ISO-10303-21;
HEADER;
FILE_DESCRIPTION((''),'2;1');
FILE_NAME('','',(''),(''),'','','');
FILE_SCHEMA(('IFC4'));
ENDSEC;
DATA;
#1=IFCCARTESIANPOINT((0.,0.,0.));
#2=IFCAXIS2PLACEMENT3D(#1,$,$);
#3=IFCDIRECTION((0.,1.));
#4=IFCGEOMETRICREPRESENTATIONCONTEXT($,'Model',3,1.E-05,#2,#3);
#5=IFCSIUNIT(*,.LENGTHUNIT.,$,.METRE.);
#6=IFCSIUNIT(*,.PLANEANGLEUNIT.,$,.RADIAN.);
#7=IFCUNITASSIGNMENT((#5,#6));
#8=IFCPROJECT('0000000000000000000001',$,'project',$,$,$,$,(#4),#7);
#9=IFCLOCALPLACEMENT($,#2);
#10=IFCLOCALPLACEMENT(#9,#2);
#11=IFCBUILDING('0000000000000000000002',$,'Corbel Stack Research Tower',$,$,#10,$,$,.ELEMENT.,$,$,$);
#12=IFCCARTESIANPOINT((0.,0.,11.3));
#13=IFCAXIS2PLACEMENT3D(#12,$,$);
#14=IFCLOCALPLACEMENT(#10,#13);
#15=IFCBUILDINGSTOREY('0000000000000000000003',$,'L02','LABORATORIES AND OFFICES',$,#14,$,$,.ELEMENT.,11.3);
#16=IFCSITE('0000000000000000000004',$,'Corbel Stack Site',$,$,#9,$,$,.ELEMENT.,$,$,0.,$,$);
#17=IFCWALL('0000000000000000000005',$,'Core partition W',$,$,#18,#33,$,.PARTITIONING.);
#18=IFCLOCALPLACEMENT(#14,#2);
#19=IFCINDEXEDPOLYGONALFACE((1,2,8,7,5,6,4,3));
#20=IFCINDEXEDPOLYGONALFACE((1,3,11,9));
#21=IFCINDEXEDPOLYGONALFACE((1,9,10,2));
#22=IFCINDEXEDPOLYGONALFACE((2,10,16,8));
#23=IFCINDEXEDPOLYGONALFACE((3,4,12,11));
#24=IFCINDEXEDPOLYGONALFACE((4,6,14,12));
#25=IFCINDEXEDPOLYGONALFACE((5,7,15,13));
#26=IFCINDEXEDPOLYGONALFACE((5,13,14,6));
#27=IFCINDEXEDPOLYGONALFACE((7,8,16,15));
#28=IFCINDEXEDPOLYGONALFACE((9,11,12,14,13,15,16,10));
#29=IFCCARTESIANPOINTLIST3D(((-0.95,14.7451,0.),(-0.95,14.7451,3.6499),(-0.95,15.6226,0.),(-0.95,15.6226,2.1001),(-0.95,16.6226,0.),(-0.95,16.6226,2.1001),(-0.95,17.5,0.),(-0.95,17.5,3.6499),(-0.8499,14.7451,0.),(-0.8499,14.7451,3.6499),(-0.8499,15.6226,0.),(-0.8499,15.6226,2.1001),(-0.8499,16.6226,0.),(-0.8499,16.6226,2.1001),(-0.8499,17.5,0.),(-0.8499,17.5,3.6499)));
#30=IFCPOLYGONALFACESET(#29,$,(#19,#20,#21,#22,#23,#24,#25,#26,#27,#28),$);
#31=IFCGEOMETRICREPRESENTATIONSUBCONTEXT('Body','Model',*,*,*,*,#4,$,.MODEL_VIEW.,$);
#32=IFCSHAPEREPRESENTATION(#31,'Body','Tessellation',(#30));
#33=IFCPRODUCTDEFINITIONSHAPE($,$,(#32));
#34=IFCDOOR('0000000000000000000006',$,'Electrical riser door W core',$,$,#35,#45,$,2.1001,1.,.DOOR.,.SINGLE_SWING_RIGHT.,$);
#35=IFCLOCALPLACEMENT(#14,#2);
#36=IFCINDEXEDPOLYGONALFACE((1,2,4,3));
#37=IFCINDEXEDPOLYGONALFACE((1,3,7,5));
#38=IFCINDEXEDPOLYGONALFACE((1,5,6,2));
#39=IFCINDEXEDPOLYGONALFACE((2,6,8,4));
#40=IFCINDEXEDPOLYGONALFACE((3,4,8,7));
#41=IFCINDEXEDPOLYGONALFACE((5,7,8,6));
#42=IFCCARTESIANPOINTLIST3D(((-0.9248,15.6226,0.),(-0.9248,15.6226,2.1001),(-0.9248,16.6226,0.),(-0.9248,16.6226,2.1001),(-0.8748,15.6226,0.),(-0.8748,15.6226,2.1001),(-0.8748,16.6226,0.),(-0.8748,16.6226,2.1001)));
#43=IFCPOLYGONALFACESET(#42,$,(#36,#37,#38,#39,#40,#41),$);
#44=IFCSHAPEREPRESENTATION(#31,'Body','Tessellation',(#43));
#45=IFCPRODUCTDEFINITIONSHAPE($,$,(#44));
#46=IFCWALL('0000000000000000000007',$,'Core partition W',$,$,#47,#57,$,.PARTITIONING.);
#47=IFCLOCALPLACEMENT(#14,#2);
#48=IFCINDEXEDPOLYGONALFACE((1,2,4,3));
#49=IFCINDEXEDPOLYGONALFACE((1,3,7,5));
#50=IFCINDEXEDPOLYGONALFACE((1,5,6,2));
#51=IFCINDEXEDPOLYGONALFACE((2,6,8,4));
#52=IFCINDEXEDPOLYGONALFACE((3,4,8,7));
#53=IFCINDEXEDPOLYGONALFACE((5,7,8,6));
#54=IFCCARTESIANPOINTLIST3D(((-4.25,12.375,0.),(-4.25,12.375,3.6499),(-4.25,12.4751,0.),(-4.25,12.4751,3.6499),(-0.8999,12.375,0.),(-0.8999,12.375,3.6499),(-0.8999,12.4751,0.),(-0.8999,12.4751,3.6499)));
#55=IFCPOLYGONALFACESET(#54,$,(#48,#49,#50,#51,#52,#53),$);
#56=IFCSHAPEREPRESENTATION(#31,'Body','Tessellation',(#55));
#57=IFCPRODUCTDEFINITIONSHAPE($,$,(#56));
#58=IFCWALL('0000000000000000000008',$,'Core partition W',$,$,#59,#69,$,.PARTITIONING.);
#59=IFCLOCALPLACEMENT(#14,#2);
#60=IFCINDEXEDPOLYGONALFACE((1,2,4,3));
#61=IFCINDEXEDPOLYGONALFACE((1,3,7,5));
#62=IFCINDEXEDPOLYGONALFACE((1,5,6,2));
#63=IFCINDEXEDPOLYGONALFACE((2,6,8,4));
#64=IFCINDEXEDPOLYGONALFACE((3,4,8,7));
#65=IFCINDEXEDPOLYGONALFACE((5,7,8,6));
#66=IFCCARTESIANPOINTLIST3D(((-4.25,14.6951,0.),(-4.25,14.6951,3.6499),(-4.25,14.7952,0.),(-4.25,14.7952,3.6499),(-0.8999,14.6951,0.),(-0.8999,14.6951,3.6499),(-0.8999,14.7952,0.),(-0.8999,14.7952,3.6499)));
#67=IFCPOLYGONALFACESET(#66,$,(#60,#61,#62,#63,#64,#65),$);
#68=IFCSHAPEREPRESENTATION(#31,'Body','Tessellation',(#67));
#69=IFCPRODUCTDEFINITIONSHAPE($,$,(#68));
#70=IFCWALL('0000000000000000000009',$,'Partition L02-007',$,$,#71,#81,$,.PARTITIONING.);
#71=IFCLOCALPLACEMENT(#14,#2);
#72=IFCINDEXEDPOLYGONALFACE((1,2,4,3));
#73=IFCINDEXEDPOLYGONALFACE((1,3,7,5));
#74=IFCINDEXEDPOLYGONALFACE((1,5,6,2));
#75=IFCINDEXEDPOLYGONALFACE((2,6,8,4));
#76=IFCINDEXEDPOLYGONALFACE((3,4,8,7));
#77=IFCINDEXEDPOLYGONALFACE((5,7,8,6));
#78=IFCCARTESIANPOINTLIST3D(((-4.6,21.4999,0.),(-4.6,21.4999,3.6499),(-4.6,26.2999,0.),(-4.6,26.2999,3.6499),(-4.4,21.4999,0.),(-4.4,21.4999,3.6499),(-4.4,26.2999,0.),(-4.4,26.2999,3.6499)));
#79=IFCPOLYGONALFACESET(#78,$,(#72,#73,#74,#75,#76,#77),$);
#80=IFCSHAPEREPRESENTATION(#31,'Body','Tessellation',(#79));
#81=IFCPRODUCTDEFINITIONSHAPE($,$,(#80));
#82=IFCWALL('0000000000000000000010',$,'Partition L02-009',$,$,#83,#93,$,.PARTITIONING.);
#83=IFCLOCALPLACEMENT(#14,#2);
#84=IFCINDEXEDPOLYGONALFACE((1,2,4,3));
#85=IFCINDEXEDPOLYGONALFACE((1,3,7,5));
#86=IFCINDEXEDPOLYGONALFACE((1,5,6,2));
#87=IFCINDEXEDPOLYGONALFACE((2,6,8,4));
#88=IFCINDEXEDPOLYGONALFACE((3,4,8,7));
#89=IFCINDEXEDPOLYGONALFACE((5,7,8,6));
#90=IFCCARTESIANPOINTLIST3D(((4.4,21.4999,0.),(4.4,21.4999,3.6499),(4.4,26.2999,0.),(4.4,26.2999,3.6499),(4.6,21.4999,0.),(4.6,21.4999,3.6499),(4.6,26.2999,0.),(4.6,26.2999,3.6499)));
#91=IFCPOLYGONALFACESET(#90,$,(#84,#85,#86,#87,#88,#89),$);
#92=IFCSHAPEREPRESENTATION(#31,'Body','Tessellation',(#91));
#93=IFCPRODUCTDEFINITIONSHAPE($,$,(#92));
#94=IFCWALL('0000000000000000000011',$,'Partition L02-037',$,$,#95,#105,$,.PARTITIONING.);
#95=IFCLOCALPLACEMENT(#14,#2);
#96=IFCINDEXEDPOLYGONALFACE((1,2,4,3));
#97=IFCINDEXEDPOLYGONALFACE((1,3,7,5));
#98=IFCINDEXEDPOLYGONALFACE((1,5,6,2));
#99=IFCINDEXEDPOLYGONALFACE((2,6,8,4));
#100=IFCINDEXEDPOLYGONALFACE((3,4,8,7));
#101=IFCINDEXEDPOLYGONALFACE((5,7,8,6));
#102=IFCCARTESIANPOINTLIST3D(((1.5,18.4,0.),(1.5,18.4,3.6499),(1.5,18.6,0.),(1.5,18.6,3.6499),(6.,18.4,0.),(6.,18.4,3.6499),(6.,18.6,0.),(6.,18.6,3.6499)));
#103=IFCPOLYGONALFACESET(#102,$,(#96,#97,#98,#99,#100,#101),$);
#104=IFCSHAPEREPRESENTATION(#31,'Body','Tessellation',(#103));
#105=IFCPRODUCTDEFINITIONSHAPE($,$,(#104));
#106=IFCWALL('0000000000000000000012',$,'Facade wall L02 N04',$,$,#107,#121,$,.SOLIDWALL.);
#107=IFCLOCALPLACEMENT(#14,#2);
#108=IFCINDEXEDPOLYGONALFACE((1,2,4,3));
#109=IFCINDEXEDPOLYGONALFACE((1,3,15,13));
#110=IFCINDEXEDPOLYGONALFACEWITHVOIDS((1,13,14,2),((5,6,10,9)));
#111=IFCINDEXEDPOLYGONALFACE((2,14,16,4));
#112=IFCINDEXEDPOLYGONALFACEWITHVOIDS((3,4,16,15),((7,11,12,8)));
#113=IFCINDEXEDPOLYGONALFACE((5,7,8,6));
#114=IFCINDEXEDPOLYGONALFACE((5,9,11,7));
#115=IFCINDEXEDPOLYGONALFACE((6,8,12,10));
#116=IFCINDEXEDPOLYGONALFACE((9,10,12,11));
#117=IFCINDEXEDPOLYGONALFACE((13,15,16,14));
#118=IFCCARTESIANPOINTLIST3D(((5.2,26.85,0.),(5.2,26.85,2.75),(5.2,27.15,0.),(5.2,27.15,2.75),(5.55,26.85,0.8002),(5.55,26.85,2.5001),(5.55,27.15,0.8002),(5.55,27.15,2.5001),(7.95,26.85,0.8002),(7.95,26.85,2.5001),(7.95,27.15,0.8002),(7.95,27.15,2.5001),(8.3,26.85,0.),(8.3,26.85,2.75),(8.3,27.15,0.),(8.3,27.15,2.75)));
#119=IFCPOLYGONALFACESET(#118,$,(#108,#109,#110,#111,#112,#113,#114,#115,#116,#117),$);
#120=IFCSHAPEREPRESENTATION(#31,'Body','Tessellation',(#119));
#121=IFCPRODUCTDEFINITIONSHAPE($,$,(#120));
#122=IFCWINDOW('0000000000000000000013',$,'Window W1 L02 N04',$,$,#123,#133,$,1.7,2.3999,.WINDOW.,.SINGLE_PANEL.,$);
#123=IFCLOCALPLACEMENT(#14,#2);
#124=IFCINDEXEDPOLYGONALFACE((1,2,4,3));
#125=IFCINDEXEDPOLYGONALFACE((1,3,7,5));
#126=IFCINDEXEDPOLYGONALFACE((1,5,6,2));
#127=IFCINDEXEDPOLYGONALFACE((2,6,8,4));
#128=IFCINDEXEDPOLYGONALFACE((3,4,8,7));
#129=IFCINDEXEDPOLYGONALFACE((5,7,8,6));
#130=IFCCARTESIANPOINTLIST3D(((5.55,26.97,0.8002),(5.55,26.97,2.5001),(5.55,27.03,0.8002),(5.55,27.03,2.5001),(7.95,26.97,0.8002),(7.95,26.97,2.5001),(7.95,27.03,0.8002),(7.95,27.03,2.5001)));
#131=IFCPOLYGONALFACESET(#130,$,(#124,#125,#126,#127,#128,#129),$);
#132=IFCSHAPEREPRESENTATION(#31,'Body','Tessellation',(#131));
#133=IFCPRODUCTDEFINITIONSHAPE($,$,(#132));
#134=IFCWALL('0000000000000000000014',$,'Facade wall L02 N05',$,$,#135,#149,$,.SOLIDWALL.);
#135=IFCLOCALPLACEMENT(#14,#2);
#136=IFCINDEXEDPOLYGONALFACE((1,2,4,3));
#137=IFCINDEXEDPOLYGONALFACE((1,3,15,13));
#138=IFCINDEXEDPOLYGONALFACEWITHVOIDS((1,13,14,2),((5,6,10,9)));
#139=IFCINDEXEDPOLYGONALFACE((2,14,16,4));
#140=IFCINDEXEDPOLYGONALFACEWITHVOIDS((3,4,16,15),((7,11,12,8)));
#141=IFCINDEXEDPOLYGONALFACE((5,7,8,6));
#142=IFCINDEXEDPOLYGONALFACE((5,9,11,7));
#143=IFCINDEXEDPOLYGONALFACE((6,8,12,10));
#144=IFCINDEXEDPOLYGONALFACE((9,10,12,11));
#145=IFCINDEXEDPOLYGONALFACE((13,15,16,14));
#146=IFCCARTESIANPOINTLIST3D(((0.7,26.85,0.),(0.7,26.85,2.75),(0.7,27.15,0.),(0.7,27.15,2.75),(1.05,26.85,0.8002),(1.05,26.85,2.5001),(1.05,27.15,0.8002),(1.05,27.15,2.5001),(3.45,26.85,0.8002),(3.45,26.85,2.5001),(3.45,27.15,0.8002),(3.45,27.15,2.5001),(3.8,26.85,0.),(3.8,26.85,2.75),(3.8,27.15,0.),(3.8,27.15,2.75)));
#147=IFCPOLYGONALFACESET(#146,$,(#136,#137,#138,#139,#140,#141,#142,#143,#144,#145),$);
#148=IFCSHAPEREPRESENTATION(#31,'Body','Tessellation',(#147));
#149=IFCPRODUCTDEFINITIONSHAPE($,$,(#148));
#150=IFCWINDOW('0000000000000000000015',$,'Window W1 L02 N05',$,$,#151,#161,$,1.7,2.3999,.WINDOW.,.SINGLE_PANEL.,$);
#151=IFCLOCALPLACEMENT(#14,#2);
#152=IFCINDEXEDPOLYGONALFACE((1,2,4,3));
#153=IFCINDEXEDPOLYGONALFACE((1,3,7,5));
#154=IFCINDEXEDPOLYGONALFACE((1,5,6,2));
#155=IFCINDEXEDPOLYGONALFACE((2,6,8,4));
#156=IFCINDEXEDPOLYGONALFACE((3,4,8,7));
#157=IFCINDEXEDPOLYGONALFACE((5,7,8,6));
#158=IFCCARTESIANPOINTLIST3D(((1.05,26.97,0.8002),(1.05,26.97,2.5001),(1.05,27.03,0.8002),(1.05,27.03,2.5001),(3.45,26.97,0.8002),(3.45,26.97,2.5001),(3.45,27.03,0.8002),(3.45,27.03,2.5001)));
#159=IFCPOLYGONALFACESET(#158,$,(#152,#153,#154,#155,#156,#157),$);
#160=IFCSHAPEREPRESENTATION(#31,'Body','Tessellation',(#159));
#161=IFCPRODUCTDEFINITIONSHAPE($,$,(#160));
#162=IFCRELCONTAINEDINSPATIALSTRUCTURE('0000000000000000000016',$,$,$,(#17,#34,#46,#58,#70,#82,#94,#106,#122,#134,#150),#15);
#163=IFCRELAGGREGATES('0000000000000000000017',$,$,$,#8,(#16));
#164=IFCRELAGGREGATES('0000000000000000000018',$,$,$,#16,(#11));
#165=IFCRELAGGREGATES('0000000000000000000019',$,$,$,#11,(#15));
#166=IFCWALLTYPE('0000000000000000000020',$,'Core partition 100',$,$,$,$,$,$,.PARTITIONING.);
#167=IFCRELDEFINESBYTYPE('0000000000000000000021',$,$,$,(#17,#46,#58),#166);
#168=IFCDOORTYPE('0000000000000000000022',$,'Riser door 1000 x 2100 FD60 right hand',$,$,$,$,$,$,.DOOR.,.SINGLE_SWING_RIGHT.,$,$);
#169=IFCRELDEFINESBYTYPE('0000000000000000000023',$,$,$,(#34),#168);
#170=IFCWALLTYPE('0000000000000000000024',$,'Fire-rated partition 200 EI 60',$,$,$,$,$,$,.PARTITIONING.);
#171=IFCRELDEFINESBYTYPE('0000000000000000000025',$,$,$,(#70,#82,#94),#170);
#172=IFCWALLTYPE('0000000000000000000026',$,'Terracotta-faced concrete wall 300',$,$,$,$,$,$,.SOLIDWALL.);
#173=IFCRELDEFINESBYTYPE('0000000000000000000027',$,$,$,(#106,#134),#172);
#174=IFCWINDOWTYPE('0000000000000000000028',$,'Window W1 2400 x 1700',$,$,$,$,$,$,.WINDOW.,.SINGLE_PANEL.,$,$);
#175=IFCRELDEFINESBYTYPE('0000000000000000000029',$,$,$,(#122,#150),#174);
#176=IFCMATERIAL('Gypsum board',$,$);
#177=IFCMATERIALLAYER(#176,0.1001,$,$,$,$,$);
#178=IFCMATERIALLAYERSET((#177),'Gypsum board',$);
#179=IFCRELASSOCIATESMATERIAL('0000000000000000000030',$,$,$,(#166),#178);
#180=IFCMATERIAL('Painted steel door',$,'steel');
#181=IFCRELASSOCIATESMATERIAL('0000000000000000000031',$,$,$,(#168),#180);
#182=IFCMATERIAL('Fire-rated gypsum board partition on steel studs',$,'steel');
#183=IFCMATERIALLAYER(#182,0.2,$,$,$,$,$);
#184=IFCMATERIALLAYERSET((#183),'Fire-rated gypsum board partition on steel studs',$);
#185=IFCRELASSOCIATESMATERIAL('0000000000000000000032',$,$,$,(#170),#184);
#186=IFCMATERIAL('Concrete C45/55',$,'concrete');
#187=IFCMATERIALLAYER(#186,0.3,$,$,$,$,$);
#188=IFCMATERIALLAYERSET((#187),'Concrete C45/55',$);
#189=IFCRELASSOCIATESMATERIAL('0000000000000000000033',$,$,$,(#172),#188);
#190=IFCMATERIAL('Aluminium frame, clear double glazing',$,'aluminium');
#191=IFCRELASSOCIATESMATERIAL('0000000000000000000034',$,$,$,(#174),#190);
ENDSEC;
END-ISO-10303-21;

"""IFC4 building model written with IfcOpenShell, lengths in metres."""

from ifc_helpers import new_model, si_unit, direction, frame, frame_2d, origin, place, context, subcontext, project, spatial, rectangle, extrude, material, layer, layer_set, type_object, element, fill, save


model = new_model("IFC4")

# Units and contexts
model_context = context("Model", 3, precision=1e-05, world=origin(), true_north=direction((0.0, 1.0)))
body_context = subcontext(model_context, "Body", "Model", "MODEL_VIEW")
ifc_project = project(units=[si_unit("LENGTHUNIT", "METRE"), si_unit("PLANEANGLEUNIT", "RADIAN")], contexts=[model_context])

# Site, building, storey
site_placement = place(None, origin())
site = spatial("IfcSite", under=ifc_project, at=site_placement, Name="Corbel Stack Site", CompositionType="ELEMENT", RefElevation=0.0)
building_placement = place(site_placement, origin())
building = spatial("IfcBuilding", under=site, at=building_placement, Name="Corbel Stack Research Tower", CompositionType="ELEMENT")
storey_placement = place(building_placement, frame((0.0, 0.0, 11.3)))
storey = spatial("IfcBuildingStorey", under=building, at=storey_placement, Name="L02", Description="LABORATORIES AND OFFICES", CompositionType="ELEMENT", Elevation=11.3)

# Wall, opening, door
ifc_material_1 = material(Name="Gypsum board")
ifc_layer_1 = layer(ifc_material_1, 0.1001)
ifc_layer_set_1 = layer_set([ifc_layer_1], Name="Gypsum board")
wall_type_1 = type_object("IfcWallType", Name="Core partition 100", PredefinedType="PARTITIONING", material=ifc_layer_set_1)
ifc_material_2 = material(Name="Painted steel door", Category="steel")
door_type_1 = type_object("IfcDoorType", Name="Riser door 1000 x 2100 FD60 right hand", OperationType="SINGLE_SWING_RIGHT", PredefinedType="DOOR", material=ifc_material_2)
wall_1_placement = place(storey_placement, frame((-0.8999, 14.7451, 0.0), z_axis=(0.0, 0.0, 1.0), x_axis=(0.0, 1.0, 0.0)))
wall_1 = element("IfcWall", 1, at=wall_1_placement, inside=storey, type_object=wall_type_1, Name="Core partition W", PredefinedType="PARTITIONING", context=body_context, shape_type="SweptSolid", body=[
    extrude(rectangle(XDim=2.7549, YDim=0.1001, at=frame_2d((1.3774, 0.0))), origin(), (0.0, 0.0, 1.0), 3.6499),
])
opening_1_placement = place(wall_1_placement, frame((0.8774, 0.0, 0.0)))
opening_1 = element("IfcOpeningElement", 2, at=opening_1_placement, cuts=wall_1, PredefinedType="OPENING", context=body_context, shape_type="SweptSolid", body=[
    extrude(rectangle(XDim=1.0, YDim=2.1001, at=frame_2d((0.5, 1.05))), frame((0.0, 0.0601, 0.0), z_axis=(0.0, -1.0, 0.0), x_axis=(1.0, 0.0, 0.0)), (0.0, 0.0, 1.0), 0.1201),
])
door_1_placement = place(opening_1_placement, origin())
door_1 = element("IfcDoor", 3, at=door_1_placement, inside=storey, type_object=door_type_1, Name="Electrical riser door W core", OperationType="SINGLE_SWING_RIGHT", OverallHeight=2.1001, OverallWidth=1.0, PredefinedType="DOOR", context=body_context, shape_type="SweptSolid", body=[
    extrude(rectangle(XDim=1.0, YDim=2.1001, at=frame_2d((0.5, 1.05))), frame((0.0, 0.0249, 0.0), z_axis=(0.0, -1.0, 0.0), x_axis=(1.0, 0.0, 0.0)), (0.0, 0.0, 1.0), 0.05),
])
fill(opening_1, door_1)

# Walls
for number, where, z_axis, x_axis, name in (
    (4, (-4.25, 12.425, 0.0), (0.0, 0.0, 1.0), (1.0, 0.0, 0.0), "Core partition W"),
    (5, (-4.25, 14.7451, 0.0), (0.0, 0.0, 1.0), (1.0, 0.0, 0.0), "Core partition W"),
):
    element("IfcWall", number, at=place(storey_placement, frame(where, z_axis=z_axis, x_axis=x_axis)), inside=storey, type_object=wall_type_1, Name=name, PredefinedType="PARTITIONING", context=body_context, shape_type="SweptSolid", body=[
        extrude(rectangle(XDim=3.3501, YDim=0.1001, at=frame_2d((1.675, 0.0))), origin(), (0.0, 0.0, 1.0), 3.6499),
    ])
ifc_material_3 = material(Name="Fire-rated gypsum board partition on steel studs", Category="steel")
ifc_layer_2 = layer(ifc_material_3, 0.2)
ifc_layer_set_2 = layer_set([ifc_layer_2], Name="Fire-rated gypsum board partition on steel studs")
wall_type_2 = type_object("IfcWallType", Name="Fire-rated partition 200 EI 60", PredefinedType="PARTITIONING", material=ifc_layer_set_2)
for number, where, z_axis, x_axis, name in (
    (6, (-4.5, 21.5, 0.0), (0.0, 0.0, 1.0), (0.0, 1.0, 0.0), "Partition L02-007"),
    (7, (4.5, 21.5, 0.0), (0.0, 0.0, 1.0), (0.0, 1.0, 0.0), "Partition L02-009"),
):
    element("IfcWall", number, at=place(storey_placement, frame(where, z_axis=z_axis, x_axis=x_axis)), inside=storey, type_object=wall_type_2, Name=name, PredefinedType="PARTITIONING", context=body_context, shape_type="SweptSolid", body=[
        extrude(rectangle(XDim=4.8, YDim=0.2, at=frame_2d((2.3999, 0.0))), origin(), (0.0, 0.0, 1.0), 3.6499),
    ])
wall_2_placement = place(storey_placement, frame((1.5, 18.5, 0.0), z_axis=(0.0, 0.0, 1.0), x_axis=(1.0, 0.0, 0.0)))
element("IfcWall", 8, at=wall_2_placement, inside=storey, type_object=wall_type_2, Name="Partition L02-037", PredefinedType="PARTITIONING", context=body_context, shape_type="SweptSolid", body=[
    extrude(rectangle(XDim=4.5, YDim=0.2, at=frame_2d((2.25, 0.0))), origin(), (0.0, 0.0, 1.0), 3.6499),
])

# Walls, openings, windows
ifc_material_4 = material(Name="Concrete C45/55", Category="concrete")
ifc_layer_3 = layer(ifc_material_4, 0.3)
ifc_layer_set_3 = layer_set([ifc_layer_3], Name="Concrete C45/55")
wall_type_3 = type_object("IfcWallType", Name="Terracotta-faced concrete wall 300", PredefinedType="SOLIDWALL", material=ifc_layer_set_3)
wall_3_placement = place(storey_placement, frame((5.2, 27.0, 0.0), z_axis=(0.0, 0.0, 1.0), x_axis=(1.0, 0.0, 0.0)))
wall_3 = element("IfcWall", 9, at=wall_3_placement, inside=storey, type_object=wall_type_3, Name="Facade wall L02 N04", PredefinedType="SOLIDWALL", context=body_context, shape_type="SweptSolid", body=[
    extrude(rectangle(XDim=3.1001, YDim=0.3, at=frame_2d((1.55, 0.0))), origin(), (0.0, 0.0, 1.0), 2.75),
])
opening_2_placement = place(wall_3_placement, frame((0.3501, 0.0, 0.8)))
opening_2 = element("IfcOpeningElement", 10, at=opening_2_placement, cuts=wall_3, PredefinedType="OPENING", context=body_context, shape_type="SweptSolid", body=[
    extrude(rectangle(XDim=2.3999, YDim=1.7, at=frame_2d((1.2, 0.8501))), frame((0.0, 0.1599, 0.0), z_axis=(0.0, -1.0, 0.0), x_axis=(1.0, 0.0, 0.0)), (0.0, 0.0, 1.0), 0.3201),
])
ifc_material_5 = material(Name="Aluminium frame, clear double glazing", Category="aluminium")
window_type = type_object("IfcWindowType", Name="Window W1 2400 x 1700", PartitioningType="SINGLE_PANEL", PredefinedType="WINDOW", material=ifc_material_5)
window_1_placement = place(opening_2_placement, origin())
window_1 = element("IfcWindow", 11, at=window_1_placement, inside=storey, type_object=window_type, Name="Window W1 L02 N04", OverallHeight=1.7, OverallWidth=2.3999, PartitioningType="SINGLE_PANEL", PredefinedType="WINDOW", context=body_context, shape_type="SweptSolid", body=[
    extrude(rectangle(XDim=2.3999, YDim=1.7, at=frame_2d((1.2, 0.8501))), frame((0.0, 0.03, 0.0), z_axis=(0.0, -1.0, 0.0), x_axis=(1.0, 0.0, 0.0)), (0.0, 0.0, 1.0), 0.0601),
])
fill(opening_2, window_1)
wall_4_placement = place(storey_placement, frame((0.7, 27.0, 0.0), z_axis=(0.0, 0.0, 1.0), x_axis=(1.0, 0.0, 0.0)))
wall_4 = element("IfcWall", 12, at=wall_4_placement, inside=storey, type_object=wall_type_3, Name="Facade wall L02 N05", PredefinedType="SOLIDWALL", context=body_context, shape_type="SweptSolid", body=[
    extrude(rectangle(XDim=3.1001, YDim=0.3, at=frame_2d((1.55, 0.0))), origin(), (0.0, 0.0, 1.0), 2.75),
])
opening_3_placement = place(wall_4_placement, frame((0.3501, 0.0, 0.8)))
opening_3 = element("IfcOpeningElement", 13, at=opening_3_placement, cuts=wall_4, PredefinedType="OPENING", context=body_context, shape_type="SweptSolid", body=[
    extrude(rectangle(XDim=2.3999, YDim=1.7, at=frame_2d((1.2, 0.8501))), frame((0.0, 0.1599, 0.0), z_axis=(0.0, -1.0, 0.0), x_axis=(1.0, 0.0, 0.0)), (0.0, 0.0, 1.0), 0.3201),
])
window_2_placement = place(opening_3_placement, origin())
window_2 = element("IfcWindow", 14, at=window_2_placement, inside=storey, type_object=window_type, Name="Window W1 L02 N05", OverallHeight=1.7, OverallWidth=2.3999, PartitioningType="SINGLE_PANEL", PredefinedType="WINDOW", context=body_context, shape_type="SweptSolid", body=[
    extrude(rectangle(XDim=2.3999, YDim=1.7, at=frame_2d((1.2, 0.8501))), frame((0.0, 0.03, 0.0), z_axis=(0.0, -1.0, 0.0), x_axis=(1.0, 0.0, 0.0)), (0.0, 0.0, 1.0), 0.0601),
])
fill(opening_3, window_2)

save(model, "model.ifc")
